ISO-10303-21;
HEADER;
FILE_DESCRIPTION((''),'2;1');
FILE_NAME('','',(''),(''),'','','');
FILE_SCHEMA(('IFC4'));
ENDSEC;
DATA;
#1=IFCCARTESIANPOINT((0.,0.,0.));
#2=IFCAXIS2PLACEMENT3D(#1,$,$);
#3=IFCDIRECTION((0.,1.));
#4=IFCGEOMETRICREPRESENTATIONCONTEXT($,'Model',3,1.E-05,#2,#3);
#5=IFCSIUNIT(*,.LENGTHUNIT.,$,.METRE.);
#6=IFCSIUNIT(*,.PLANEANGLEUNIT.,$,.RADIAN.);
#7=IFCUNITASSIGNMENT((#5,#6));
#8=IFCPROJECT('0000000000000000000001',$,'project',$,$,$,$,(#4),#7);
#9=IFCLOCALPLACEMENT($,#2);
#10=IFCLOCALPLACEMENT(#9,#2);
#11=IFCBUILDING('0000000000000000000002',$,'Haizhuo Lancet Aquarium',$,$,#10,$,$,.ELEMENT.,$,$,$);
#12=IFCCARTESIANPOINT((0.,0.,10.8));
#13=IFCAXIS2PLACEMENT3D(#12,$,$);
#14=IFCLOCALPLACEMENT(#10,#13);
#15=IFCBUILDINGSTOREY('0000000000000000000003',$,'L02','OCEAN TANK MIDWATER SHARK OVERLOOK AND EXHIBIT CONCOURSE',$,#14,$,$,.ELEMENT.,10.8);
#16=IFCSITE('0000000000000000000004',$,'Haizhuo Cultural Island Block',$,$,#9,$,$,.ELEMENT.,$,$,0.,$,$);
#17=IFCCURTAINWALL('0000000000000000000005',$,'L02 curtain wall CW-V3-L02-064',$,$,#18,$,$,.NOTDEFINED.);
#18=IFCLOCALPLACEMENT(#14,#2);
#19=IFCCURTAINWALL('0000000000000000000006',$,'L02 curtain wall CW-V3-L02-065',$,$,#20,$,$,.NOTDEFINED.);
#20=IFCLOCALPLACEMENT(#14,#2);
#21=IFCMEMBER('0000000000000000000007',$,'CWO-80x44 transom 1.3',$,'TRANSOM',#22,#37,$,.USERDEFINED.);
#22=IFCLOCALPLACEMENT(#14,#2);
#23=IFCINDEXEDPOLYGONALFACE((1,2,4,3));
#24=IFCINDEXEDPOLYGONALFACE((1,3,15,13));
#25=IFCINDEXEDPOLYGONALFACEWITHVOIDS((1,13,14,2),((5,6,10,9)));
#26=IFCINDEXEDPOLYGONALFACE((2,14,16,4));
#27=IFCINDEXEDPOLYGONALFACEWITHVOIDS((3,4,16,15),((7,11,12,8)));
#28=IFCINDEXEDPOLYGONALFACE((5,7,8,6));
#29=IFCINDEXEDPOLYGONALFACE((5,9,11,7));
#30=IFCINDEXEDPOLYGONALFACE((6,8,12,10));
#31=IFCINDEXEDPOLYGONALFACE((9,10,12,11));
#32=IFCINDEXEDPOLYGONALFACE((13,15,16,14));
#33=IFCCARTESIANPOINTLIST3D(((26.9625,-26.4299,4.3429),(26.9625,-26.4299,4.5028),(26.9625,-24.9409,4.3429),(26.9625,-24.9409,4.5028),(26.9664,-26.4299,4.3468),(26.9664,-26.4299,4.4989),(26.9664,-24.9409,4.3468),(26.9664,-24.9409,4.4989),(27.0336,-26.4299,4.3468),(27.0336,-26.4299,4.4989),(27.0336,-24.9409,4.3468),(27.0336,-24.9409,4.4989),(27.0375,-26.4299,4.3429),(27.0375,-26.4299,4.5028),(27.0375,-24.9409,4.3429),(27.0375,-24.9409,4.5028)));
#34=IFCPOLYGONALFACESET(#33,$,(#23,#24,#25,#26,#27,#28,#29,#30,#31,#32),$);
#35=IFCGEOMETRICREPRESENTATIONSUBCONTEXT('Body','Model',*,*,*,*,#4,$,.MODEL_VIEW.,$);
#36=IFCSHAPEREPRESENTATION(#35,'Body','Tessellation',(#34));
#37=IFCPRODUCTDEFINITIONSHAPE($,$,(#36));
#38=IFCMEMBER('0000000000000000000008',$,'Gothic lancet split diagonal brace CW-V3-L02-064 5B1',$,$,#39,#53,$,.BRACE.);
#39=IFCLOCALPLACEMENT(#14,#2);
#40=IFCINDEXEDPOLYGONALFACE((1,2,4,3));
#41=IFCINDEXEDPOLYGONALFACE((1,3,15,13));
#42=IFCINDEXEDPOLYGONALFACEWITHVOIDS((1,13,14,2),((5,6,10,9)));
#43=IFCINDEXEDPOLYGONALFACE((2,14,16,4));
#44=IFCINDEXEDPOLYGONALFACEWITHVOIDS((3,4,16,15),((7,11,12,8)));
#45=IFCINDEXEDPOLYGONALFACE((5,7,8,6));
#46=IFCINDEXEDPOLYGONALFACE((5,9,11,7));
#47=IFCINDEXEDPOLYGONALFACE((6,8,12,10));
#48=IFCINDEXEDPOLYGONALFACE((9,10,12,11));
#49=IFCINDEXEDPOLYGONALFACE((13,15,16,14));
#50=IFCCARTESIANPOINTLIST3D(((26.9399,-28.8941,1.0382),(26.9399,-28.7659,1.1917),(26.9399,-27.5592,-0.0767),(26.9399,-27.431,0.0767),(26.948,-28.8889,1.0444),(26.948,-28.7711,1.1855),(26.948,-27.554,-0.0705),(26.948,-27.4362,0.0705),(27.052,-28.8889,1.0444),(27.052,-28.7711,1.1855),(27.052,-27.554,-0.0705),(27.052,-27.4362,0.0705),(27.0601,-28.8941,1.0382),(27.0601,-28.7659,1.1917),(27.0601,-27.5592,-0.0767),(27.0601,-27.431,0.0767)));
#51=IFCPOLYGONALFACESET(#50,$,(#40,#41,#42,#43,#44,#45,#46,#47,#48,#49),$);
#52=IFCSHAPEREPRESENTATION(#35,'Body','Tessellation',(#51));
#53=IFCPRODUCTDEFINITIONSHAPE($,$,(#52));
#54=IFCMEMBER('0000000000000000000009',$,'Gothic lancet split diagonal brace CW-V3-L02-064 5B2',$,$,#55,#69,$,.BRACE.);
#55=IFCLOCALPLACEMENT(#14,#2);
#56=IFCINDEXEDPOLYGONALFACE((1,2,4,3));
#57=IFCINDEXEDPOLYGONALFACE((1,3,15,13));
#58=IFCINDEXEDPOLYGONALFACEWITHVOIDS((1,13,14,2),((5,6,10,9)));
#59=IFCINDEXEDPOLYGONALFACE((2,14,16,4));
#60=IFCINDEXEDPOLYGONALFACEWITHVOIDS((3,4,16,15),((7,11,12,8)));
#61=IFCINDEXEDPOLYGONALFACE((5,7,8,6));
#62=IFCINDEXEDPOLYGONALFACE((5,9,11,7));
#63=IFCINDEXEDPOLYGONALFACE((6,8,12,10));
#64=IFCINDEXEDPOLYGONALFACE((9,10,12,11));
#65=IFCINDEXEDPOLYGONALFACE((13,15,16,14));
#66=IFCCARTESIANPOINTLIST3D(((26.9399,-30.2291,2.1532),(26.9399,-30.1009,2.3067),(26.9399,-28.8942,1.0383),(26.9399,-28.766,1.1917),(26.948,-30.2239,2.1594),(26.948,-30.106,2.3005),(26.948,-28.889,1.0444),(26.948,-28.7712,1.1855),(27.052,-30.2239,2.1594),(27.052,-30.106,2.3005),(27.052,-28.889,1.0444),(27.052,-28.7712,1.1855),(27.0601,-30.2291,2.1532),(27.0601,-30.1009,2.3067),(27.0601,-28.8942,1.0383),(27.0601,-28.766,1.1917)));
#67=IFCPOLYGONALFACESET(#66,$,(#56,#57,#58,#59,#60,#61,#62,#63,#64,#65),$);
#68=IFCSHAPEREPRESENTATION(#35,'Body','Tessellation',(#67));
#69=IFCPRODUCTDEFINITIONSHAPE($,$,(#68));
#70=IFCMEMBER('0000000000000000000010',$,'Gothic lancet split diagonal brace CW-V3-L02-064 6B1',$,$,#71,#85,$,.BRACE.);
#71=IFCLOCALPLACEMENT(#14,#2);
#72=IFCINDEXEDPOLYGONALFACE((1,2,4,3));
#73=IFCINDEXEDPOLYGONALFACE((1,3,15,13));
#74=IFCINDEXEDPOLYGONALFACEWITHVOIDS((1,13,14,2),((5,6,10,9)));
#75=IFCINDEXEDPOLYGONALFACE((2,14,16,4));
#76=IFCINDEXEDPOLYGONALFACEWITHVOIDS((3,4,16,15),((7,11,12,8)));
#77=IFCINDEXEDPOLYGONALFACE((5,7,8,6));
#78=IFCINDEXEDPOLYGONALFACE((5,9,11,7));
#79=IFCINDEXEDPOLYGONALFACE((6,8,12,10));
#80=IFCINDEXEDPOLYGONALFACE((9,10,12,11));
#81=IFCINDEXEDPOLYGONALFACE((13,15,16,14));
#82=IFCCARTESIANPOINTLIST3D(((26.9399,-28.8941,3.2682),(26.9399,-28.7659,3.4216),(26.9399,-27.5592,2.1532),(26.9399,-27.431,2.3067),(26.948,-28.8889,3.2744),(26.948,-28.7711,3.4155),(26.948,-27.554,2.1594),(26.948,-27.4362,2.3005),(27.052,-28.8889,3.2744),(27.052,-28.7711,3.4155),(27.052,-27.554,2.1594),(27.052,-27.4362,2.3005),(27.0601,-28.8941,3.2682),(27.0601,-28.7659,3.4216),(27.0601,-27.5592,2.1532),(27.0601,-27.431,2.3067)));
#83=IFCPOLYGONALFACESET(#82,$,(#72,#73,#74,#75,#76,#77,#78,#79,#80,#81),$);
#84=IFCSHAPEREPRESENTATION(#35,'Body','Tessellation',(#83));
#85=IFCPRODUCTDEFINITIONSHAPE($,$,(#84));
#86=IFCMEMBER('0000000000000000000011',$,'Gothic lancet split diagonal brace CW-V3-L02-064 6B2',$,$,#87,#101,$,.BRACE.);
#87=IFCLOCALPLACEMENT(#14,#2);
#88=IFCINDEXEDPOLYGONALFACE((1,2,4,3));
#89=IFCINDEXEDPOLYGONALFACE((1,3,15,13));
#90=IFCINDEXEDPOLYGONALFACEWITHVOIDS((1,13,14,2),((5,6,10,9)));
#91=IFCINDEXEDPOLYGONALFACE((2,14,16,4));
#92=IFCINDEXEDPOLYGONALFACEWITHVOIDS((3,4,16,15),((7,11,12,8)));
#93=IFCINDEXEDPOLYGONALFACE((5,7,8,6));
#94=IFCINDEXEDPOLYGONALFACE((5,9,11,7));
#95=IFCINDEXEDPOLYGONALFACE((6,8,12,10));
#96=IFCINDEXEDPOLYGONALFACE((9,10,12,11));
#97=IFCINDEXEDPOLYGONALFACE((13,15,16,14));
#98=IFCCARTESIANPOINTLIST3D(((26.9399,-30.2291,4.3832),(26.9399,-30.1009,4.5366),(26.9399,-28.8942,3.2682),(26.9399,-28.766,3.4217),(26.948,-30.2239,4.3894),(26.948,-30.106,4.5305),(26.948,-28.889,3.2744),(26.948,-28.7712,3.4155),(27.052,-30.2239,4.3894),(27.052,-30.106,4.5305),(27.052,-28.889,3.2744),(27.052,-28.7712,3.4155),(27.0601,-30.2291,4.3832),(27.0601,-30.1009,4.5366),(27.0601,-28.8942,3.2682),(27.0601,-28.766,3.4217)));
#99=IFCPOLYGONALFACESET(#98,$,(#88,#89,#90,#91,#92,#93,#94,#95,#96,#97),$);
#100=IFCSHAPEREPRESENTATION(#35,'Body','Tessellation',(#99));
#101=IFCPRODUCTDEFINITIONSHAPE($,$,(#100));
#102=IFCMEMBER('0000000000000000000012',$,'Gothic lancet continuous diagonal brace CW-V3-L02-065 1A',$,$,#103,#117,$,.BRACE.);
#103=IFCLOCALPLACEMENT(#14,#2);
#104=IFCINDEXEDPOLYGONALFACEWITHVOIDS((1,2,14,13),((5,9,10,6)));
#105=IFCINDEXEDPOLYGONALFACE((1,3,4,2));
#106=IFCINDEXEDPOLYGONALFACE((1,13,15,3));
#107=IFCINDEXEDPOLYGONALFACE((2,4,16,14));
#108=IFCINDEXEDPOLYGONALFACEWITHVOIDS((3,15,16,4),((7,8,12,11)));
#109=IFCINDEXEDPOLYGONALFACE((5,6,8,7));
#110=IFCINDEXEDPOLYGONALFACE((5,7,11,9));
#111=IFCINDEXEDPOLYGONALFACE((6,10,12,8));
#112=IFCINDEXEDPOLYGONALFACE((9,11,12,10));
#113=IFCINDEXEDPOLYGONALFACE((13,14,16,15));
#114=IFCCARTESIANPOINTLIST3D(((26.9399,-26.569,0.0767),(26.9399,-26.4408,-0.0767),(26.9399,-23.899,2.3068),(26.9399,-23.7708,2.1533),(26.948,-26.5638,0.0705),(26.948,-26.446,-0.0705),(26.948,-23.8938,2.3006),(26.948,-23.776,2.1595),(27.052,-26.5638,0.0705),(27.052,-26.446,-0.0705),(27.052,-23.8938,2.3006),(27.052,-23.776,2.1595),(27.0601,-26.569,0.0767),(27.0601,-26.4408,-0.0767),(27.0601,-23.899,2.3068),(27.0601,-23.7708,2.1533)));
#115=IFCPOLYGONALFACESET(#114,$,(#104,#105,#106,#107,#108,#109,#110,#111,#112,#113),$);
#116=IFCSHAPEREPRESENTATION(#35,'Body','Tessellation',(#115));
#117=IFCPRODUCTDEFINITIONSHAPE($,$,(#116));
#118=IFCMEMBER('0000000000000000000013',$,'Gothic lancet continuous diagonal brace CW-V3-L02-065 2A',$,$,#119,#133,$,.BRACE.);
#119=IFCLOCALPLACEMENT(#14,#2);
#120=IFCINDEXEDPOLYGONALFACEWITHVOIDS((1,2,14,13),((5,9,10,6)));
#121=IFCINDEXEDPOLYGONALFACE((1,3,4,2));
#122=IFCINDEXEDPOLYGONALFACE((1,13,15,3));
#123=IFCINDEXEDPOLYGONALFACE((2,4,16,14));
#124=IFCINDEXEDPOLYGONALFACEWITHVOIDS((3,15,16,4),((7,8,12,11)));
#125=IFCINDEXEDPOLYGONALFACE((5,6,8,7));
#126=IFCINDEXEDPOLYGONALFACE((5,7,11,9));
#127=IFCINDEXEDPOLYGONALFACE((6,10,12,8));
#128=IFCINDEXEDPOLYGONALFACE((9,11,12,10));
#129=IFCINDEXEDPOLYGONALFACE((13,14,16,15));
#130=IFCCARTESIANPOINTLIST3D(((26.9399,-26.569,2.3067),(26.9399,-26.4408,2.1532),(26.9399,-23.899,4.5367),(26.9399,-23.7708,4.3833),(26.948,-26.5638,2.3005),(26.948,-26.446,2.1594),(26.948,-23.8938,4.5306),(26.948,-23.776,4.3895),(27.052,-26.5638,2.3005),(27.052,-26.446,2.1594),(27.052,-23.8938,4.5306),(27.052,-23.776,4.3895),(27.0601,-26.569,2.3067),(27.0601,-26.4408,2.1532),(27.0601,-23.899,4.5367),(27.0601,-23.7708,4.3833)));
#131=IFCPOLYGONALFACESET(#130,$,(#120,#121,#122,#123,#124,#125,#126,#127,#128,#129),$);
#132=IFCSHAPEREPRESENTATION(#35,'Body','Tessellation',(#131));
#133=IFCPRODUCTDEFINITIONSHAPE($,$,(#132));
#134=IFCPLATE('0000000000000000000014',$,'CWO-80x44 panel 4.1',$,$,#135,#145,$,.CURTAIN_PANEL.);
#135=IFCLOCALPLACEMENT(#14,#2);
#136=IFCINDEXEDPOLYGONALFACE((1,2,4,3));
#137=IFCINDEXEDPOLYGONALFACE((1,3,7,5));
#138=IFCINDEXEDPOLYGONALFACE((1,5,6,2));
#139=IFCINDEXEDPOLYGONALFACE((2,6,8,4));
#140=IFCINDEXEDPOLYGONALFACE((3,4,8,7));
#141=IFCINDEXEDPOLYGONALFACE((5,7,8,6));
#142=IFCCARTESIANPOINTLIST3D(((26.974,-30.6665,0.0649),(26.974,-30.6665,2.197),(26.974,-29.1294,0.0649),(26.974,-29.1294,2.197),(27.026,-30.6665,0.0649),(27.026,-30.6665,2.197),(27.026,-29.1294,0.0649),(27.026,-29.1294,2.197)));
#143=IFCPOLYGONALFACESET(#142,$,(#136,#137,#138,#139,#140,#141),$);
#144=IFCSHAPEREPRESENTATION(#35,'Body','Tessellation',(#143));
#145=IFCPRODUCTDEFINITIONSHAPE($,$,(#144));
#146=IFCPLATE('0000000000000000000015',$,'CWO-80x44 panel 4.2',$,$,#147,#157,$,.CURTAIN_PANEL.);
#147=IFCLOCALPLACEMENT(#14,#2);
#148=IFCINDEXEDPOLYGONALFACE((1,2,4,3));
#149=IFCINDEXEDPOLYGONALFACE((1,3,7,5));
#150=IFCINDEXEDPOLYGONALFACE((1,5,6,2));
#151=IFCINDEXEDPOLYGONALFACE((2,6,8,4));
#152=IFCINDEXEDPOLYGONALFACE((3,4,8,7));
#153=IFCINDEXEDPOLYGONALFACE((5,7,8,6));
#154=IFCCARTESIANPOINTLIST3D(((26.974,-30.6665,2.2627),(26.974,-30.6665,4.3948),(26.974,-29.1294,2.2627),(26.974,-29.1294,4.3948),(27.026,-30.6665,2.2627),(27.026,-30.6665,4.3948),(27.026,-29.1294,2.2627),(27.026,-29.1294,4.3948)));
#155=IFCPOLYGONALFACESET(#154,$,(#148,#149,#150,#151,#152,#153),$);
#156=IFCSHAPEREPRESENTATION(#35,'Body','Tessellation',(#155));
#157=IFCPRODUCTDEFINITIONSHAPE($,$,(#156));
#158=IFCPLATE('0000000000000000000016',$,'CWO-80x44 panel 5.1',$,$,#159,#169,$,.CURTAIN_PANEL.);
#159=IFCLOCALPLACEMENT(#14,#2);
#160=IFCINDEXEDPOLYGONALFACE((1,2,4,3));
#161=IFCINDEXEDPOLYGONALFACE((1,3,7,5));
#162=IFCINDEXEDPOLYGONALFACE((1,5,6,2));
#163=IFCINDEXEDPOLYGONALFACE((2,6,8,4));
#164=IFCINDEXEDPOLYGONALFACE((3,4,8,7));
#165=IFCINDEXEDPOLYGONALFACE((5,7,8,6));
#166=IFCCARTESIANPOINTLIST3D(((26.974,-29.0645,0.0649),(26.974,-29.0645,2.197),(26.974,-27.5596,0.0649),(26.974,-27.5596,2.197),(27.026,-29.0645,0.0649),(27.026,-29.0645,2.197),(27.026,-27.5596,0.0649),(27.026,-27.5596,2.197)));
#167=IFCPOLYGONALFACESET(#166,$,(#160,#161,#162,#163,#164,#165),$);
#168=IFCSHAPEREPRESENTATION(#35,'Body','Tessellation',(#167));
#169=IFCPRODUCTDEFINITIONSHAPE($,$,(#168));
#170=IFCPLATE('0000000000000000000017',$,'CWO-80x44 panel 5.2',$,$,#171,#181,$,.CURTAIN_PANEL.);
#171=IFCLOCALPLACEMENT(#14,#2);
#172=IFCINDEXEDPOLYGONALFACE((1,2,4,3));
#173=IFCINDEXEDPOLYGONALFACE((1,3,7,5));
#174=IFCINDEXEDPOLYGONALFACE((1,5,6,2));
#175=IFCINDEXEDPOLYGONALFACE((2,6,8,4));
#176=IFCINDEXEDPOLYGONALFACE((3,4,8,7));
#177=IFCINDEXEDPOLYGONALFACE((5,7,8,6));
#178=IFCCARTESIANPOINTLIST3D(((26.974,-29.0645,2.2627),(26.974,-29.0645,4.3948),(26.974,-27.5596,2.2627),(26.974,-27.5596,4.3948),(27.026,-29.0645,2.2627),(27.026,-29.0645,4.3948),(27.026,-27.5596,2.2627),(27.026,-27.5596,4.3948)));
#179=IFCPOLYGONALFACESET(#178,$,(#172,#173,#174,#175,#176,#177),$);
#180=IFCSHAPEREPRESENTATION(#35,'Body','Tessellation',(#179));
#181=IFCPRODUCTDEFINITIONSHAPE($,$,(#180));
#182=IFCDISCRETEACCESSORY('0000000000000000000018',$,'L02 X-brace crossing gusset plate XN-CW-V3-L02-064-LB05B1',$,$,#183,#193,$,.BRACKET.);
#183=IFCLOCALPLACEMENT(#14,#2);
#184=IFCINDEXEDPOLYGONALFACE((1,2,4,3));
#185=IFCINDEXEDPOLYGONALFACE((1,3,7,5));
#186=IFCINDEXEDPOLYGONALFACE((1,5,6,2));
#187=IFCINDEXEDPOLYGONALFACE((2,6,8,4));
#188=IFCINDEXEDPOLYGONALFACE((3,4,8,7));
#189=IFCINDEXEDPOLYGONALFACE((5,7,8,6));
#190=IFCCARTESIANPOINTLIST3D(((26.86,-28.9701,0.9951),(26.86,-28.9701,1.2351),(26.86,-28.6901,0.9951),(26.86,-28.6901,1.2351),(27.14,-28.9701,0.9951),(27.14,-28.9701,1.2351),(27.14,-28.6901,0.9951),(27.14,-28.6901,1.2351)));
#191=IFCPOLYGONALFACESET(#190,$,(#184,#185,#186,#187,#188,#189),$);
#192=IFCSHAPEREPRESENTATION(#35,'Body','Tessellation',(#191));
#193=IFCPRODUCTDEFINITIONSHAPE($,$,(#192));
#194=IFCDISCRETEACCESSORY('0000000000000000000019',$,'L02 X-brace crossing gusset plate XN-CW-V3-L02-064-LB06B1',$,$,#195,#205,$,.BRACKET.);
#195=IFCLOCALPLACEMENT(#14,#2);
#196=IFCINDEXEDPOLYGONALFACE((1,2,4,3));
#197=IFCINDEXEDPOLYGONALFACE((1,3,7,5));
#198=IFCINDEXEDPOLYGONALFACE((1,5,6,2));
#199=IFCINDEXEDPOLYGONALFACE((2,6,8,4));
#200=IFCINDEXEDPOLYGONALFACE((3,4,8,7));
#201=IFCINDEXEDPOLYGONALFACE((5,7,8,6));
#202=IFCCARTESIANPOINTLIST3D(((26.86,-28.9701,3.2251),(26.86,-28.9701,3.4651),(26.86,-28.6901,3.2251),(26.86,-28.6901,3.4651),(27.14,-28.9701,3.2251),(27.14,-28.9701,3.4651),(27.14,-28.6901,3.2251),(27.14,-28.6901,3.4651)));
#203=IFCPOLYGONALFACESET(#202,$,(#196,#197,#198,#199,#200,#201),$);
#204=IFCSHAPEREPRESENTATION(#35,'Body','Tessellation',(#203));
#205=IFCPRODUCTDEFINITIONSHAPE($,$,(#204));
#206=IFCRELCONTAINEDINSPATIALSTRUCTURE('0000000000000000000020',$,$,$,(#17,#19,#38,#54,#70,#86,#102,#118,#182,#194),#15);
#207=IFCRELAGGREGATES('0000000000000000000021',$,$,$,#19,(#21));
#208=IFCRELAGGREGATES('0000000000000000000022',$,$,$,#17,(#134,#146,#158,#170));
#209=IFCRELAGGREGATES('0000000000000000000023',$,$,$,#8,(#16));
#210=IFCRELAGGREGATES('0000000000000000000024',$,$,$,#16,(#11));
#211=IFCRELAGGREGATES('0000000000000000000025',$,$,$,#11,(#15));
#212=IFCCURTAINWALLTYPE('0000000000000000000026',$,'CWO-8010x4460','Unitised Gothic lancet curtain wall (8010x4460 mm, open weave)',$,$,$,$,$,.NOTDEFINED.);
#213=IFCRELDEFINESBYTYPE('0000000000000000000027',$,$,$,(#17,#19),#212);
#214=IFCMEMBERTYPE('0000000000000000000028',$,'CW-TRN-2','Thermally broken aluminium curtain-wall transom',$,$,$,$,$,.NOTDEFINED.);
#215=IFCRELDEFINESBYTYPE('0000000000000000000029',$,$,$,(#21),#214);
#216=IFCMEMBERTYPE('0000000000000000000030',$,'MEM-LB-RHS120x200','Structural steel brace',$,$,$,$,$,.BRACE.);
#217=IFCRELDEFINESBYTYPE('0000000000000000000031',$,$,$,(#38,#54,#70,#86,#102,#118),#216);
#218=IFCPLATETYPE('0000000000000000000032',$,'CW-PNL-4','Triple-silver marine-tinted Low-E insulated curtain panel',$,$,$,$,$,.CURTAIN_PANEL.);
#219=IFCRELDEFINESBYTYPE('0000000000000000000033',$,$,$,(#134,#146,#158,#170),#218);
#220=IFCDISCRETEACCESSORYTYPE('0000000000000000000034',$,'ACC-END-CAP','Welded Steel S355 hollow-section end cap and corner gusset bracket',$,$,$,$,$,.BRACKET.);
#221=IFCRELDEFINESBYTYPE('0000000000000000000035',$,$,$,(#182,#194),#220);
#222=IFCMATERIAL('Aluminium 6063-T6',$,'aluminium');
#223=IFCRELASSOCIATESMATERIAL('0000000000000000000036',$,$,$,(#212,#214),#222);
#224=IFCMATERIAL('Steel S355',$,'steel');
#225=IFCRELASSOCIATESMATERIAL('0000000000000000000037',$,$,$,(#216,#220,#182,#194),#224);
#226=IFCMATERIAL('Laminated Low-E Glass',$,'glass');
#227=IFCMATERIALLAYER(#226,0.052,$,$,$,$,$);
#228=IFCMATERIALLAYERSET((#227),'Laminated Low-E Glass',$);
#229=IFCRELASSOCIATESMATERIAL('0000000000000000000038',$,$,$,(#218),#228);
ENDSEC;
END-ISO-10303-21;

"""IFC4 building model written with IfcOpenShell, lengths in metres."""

from ifc_helpers import new_model, si_unit, direction, frame, origin, origin_2d, place, context, subcontext, project, spatial, rectangle, hollow_rectangle, extrude, material, layer, layer_set, material_profile, profile_set, type_object, element, aggregate, save


model = new_model("IFC4")

# Units and contexts
model_context = context("Model", 3, precision=1e-05, world=origin(), true_north=direction((0.0, 1.0)))
body_context = subcontext(model_context, "Body", "Model", "MODEL_VIEW")
ifc_project = project(units=[si_unit("LENGTHUNIT", "METRE"), si_unit("PLANEANGLEUNIT", "RADIAN")], contexts=[model_context])

# Site, building, storey
site_placement = place(None, origin())
site = spatial("IfcSite", under=ifc_project, at=site_placement, Name="Haizhuo Cultural Island Block", CompositionType="ELEMENT", RefElevation=0.0)
building_placement = place(site_placement, origin())
building = spatial("IfcBuilding", under=site, at=building_placement, Name="Haizhuo Lancet Aquarium", CompositionType="ELEMENT")
storey_placement = place(building_placement, frame((0.0, 0.0, 10.8)))
storey = spatial("IfcBuildingStorey", under=building, at=storey_placement, Name="L02", Description="OCEAN TANK MIDWATER SHARK OVERLOOK AND EXHIBIT CONCOURSE", CompositionType="ELEMENT", Elevation=10.8)

# Curtain wall
ifc_material_1 = material(Name="Aluminium 6063-T6", Category="aluminium")
curtain_wall_type = type_object("IfcCurtainWallType", Name="CWO-8010x4460", Description="Unitised Gothic lancet curtain wall (8010x4460 mm, open weave)", PredefinedType="NOTDEFINED", material=ifc_material_1)
curtain_wall_1_placement = place(storey_placement, origin())
curtain_wall_1 = element("IfcCurtainWall", 1, at=curtain_wall_1_placement, inside=storey, type_object=curtain_wall_type, Name="L02 curtain wall CW-V3-L02-064", PredefinedType="NOTDEFINED")

# Curtain wall
curtain_wall_2_placement = place(storey_placement, origin())
curtain_wall_2 = element("IfcCurtainWall", 2, at=curtain_wall_2_placement, inside=storey, type_object=curtain_wall_type, Name="L02 curtain wall CW-V3-L02-065", PredefinedType="NOTDEFINED")

# Member
ifc_material_profile_1 = material_profile(ifc_material_1, hollow_rectangle(XDim=0.075, YDim=0.1599, WallThickness=0.0039, at=origin_2d()), Name="ALU-T 75x160x4")
ifc_profile_set_1 = profile_set([ifc_material_profile_1], Name="Aluminium 6063-T6")
member_type_1 = type_object("IfcMemberType", Name="CW-TRN-2", Description="Thermally broken aluminium curtain-wall transom", PredefinedType="NOTDEFINED", material=ifc_profile_set_1)
member_1_placement = place(storey_placement, frame((27.0, -26.4299, 4.4229), z_axis=(0.0, 1.0, 0.0), x_axis=(-1.0, 0.0, 0.0)))
member_1 = element("IfcMember", 3, at=member_1_placement, type_object=member_type_1, Name="CWO-80x44 transom 1.3", ObjectType="TRANSOM", PredefinedType="USERDEFINED", context=body_context, shape_type="SweptSolid", body=[
    extrude(hollow_rectangle(XDim=0.075, YDim=0.1599, WallThickness=0.0039, at=origin_2d()), origin(), (0.0, 0.0, 1.0), 1.489),
])
aggregate(curtain_wall_2, [member_1])

# Members
ifc_material_2 = material(Name="Steel S355", Category="steel")
ifc_material_profile_2 = material_profile(ifc_material_2, hollow_rectangle(XDim=0.1201, YDim=0.2, WallThickness=0.0081, at=origin_2d()), Name="RHS 120x200x8")
ifc_profile_set_2 = profile_set([ifc_material_profile_2], Name="Steel S355")
member_type_2 = type_object("IfcMemberType", Name="MEM-LB-RHS120x200", Description="Structural steel brace", PredefinedType="BRACE", material=ifc_profile_set_2)
for number, where, z_axis, x_axis, name in (
    (4, (27.0, -27.4951, 0.0), (0.0, -0.767507, 0.64104), (1.0, 0.0, 0.0), "Gothic lancet split diagonal brace CW-V3-L02-064 5B1"),
    (5, (27.0, -28.8301, 1.115), (0.0, -0.767507, 0.64104), (1.0, 0.0, 0.0), "Gothic lancet split diagonal brace CW-V3-L02-064 5B2"),
    (6, (27.0, -27.4951, 2.23), (0.0, -0.767507, 0.64104), (1.0, 0.0, 0.0), "Gothic lancet split diagonal brace CW-V3-L02-064 6B1"),
    (7, (27.0, -28.8301, 3.345), (0.0, -0.767507, 0.64104), (1.0, 0.0, 0.0), "Gothic lancet split diagonal brace CW-V3-L02-064 6B2"),
):
    element("IfcMember", number, at=place(storey_placement, frame(where, z_axis=z_axis, x_axis=x_axis)), inside=storey, type_object=member_type_2, Name=name, PredefinedType="BRACE", context=body_context, shape_type="SweptSolid", body=[
        extrude(hollow_rectangle(XDim=0.1201, YDim=0.2, WallThickness=0.0081, at=origin_2d()), origin(), (0.0, 0.0, 1.0), 1.7393),
    ])
for number, where, z_axis, x_axis, name in (
    (8, (27.0, -26.5049, 0.0), (0.0, 0.767507, 0.64104), (-1.0, 0.0, 0.0), "Gothic lancet continuous diagonal brace CW-V3-L02-065 1A"),
    (9, (27.0, -26.5049, 2.23), (0.0, 0.767507, 0.64104), (-1.0, 0.0, 0.0), "Gothic lancet continuous diagonal brace CW-V3-L02-065 2A"),
):
    element("IfcMember", number, at=place(storey_placement, frame(where, z_axis=z_axis, x_axis=x_axis)), inside=storey, type_object=member_type_2, Name=name, PredefinedType="BRACE", context=body_context, shape_type="SweptSolid", body=[
        extrude(hollow_rectangle(XDim=0.1201, YDim=0.2, WallThickness=0.0081, at=origin_2d()), origin(), (0.0, 0.0, 1.0), 3.4788),
    ])

# Plates
ifc_material_3 = material(Name="Laminated Low-E Glass", Category="glass")
ifc_layer = layer(ifc_material_3, 0.052)
ifc_layer_set = layer_set([ifc_layer], Name="Laminated Low-E Glass")
plate_type = type_object("IfcPlateType", Name="CW-PNL-4", Description="Triple-silver marine-tinted Low-E insulated curtain panel", PredefinedType="CURTAIN_PANEL", material=ifc_layer_set)
plate_1_placement = place(storey_placement, frame((27.0, -29.8979, 0.0649), z_axis=(0.0, 0.0, 1.0), x_axis=(0.0, 1.0, 0.0)))
plate_1 = element("IfcPlate", 10, at=plate_1_placement, type_object=plate_type, Name="CWO-80x44 panel 4.1", PredefinedType="CURTAIN_PANEL", context=body_context, shape_type="SweptSolid", body=[
    extrude(rectangle(XDim=1.5371, YDim=0.052, at=origin_2d()), origin(), (0.0, 0.0, 1.0), 2.1321),
])
plate_2_placement = place(storey_placement, frame((27.0, -29.8979, 2.2627), z_axis=(0.0, 0.0, 1.0), x_axis=(0.0, 1.0, 0.0)))
plate_2 = element("IfcPlate", 11, at=plate_2_placement, type_object=plate_type, Name="CWO-80x44 panel 4.2", PredefinedType="CURTAIN_PANEL", context=body_context, shape_type="SweptSolid", body=[
    extrude(rectangle(XDim=1.5371, YDim=0.052, at=origin_2d()), origin(), (0.0, 0.0, 1.0), 2.1321),
])
plate_3_placement = place(storey_placement, frame((27.0, -28.312, 0.0649), z_axis=(0.0, 0.0, 1.0), x_axis=(0.0, 1.0, 0.0)))
plate_3 = element("IfcPlate", 12, at=plate_3_placement, type_object=plate_type, Name="CWO-80x44 panel 5.1", PredefinedType="CURTAIN_PANEL", context=body_context, shape_type="SweptSolid", body=[
    extrude(rectangle(XDim=1.5049, YDim=0.052, at=origin_2d()), origin(), (0.0, 0.0, 1.0), 2.1321),
])
plate_4_placement = place(storey_placement, frame((27.0, -28.312, 2.2627), z_axis=(0.0, 0.0, 1.0), x_axis=(0.0, 1.0, 0.0)))
plate_4 = element("IfcPlate", 13, at=plate_4_placement, type_object=plate_type, Name="CWO-80x44 panel 5.2", PredefinedType="CURTAIN_PANEL", context=body_context, shape_type="SweptSolid", body=[
    extrude(rectangle(XDim=1.5049, YDim=0.052, at=origin_2d()), origin(), (0.0, 0.0, 1.0), 2.1321),
])
aggregate(curtain_wall_1, [plate_1, plate_2, plate_3, plate_4])

# Discrete accessories
discrete_accessory_type = type_object("IfcDiscreteAccessoryType", Name="ACC-END-CAP", Description="Welded Steel S355 hollow-section end cap and corner gusset bracket", PredefinedType="BRACKET", material=ifc_material_2)
for number, where, z_axis, x_axis, name in (
    (14, (27.0, -28.8301, 0.9951), (0.0, 0.0, 1.0), (1.0, 0.0, 0.0), "L02 X-brace crossing gusset plate XN-CW-V3-L02-064-LB05B1"),
    (15, (27.0, -28.8301, 3.2251), (0.0, 0.0, 1.0), (1.0, 0.0, 0.0), "L02 X-brace crossing gusset plate XN-CW-V3-L02-064-LB06B1"),
):
    element("IfcDiscreteAccessory", number, at=place(storey_placement, frame(where, z_axis=z_axis, x_axis=x_axis)), inside=storey, type_object=discrete_accessory_type, material=ifc_material_2, Name=name, PredefinedType="BRACKET", context=body_context, shape_type="SweptSolid", body=[
        extrude(rectangle(XDim=0.28, YDim=0.28, at=origin_2d()), origin(), (0.0, 0.0, 1.0), 0.24),
    ])

save(model, "model.ifc")
